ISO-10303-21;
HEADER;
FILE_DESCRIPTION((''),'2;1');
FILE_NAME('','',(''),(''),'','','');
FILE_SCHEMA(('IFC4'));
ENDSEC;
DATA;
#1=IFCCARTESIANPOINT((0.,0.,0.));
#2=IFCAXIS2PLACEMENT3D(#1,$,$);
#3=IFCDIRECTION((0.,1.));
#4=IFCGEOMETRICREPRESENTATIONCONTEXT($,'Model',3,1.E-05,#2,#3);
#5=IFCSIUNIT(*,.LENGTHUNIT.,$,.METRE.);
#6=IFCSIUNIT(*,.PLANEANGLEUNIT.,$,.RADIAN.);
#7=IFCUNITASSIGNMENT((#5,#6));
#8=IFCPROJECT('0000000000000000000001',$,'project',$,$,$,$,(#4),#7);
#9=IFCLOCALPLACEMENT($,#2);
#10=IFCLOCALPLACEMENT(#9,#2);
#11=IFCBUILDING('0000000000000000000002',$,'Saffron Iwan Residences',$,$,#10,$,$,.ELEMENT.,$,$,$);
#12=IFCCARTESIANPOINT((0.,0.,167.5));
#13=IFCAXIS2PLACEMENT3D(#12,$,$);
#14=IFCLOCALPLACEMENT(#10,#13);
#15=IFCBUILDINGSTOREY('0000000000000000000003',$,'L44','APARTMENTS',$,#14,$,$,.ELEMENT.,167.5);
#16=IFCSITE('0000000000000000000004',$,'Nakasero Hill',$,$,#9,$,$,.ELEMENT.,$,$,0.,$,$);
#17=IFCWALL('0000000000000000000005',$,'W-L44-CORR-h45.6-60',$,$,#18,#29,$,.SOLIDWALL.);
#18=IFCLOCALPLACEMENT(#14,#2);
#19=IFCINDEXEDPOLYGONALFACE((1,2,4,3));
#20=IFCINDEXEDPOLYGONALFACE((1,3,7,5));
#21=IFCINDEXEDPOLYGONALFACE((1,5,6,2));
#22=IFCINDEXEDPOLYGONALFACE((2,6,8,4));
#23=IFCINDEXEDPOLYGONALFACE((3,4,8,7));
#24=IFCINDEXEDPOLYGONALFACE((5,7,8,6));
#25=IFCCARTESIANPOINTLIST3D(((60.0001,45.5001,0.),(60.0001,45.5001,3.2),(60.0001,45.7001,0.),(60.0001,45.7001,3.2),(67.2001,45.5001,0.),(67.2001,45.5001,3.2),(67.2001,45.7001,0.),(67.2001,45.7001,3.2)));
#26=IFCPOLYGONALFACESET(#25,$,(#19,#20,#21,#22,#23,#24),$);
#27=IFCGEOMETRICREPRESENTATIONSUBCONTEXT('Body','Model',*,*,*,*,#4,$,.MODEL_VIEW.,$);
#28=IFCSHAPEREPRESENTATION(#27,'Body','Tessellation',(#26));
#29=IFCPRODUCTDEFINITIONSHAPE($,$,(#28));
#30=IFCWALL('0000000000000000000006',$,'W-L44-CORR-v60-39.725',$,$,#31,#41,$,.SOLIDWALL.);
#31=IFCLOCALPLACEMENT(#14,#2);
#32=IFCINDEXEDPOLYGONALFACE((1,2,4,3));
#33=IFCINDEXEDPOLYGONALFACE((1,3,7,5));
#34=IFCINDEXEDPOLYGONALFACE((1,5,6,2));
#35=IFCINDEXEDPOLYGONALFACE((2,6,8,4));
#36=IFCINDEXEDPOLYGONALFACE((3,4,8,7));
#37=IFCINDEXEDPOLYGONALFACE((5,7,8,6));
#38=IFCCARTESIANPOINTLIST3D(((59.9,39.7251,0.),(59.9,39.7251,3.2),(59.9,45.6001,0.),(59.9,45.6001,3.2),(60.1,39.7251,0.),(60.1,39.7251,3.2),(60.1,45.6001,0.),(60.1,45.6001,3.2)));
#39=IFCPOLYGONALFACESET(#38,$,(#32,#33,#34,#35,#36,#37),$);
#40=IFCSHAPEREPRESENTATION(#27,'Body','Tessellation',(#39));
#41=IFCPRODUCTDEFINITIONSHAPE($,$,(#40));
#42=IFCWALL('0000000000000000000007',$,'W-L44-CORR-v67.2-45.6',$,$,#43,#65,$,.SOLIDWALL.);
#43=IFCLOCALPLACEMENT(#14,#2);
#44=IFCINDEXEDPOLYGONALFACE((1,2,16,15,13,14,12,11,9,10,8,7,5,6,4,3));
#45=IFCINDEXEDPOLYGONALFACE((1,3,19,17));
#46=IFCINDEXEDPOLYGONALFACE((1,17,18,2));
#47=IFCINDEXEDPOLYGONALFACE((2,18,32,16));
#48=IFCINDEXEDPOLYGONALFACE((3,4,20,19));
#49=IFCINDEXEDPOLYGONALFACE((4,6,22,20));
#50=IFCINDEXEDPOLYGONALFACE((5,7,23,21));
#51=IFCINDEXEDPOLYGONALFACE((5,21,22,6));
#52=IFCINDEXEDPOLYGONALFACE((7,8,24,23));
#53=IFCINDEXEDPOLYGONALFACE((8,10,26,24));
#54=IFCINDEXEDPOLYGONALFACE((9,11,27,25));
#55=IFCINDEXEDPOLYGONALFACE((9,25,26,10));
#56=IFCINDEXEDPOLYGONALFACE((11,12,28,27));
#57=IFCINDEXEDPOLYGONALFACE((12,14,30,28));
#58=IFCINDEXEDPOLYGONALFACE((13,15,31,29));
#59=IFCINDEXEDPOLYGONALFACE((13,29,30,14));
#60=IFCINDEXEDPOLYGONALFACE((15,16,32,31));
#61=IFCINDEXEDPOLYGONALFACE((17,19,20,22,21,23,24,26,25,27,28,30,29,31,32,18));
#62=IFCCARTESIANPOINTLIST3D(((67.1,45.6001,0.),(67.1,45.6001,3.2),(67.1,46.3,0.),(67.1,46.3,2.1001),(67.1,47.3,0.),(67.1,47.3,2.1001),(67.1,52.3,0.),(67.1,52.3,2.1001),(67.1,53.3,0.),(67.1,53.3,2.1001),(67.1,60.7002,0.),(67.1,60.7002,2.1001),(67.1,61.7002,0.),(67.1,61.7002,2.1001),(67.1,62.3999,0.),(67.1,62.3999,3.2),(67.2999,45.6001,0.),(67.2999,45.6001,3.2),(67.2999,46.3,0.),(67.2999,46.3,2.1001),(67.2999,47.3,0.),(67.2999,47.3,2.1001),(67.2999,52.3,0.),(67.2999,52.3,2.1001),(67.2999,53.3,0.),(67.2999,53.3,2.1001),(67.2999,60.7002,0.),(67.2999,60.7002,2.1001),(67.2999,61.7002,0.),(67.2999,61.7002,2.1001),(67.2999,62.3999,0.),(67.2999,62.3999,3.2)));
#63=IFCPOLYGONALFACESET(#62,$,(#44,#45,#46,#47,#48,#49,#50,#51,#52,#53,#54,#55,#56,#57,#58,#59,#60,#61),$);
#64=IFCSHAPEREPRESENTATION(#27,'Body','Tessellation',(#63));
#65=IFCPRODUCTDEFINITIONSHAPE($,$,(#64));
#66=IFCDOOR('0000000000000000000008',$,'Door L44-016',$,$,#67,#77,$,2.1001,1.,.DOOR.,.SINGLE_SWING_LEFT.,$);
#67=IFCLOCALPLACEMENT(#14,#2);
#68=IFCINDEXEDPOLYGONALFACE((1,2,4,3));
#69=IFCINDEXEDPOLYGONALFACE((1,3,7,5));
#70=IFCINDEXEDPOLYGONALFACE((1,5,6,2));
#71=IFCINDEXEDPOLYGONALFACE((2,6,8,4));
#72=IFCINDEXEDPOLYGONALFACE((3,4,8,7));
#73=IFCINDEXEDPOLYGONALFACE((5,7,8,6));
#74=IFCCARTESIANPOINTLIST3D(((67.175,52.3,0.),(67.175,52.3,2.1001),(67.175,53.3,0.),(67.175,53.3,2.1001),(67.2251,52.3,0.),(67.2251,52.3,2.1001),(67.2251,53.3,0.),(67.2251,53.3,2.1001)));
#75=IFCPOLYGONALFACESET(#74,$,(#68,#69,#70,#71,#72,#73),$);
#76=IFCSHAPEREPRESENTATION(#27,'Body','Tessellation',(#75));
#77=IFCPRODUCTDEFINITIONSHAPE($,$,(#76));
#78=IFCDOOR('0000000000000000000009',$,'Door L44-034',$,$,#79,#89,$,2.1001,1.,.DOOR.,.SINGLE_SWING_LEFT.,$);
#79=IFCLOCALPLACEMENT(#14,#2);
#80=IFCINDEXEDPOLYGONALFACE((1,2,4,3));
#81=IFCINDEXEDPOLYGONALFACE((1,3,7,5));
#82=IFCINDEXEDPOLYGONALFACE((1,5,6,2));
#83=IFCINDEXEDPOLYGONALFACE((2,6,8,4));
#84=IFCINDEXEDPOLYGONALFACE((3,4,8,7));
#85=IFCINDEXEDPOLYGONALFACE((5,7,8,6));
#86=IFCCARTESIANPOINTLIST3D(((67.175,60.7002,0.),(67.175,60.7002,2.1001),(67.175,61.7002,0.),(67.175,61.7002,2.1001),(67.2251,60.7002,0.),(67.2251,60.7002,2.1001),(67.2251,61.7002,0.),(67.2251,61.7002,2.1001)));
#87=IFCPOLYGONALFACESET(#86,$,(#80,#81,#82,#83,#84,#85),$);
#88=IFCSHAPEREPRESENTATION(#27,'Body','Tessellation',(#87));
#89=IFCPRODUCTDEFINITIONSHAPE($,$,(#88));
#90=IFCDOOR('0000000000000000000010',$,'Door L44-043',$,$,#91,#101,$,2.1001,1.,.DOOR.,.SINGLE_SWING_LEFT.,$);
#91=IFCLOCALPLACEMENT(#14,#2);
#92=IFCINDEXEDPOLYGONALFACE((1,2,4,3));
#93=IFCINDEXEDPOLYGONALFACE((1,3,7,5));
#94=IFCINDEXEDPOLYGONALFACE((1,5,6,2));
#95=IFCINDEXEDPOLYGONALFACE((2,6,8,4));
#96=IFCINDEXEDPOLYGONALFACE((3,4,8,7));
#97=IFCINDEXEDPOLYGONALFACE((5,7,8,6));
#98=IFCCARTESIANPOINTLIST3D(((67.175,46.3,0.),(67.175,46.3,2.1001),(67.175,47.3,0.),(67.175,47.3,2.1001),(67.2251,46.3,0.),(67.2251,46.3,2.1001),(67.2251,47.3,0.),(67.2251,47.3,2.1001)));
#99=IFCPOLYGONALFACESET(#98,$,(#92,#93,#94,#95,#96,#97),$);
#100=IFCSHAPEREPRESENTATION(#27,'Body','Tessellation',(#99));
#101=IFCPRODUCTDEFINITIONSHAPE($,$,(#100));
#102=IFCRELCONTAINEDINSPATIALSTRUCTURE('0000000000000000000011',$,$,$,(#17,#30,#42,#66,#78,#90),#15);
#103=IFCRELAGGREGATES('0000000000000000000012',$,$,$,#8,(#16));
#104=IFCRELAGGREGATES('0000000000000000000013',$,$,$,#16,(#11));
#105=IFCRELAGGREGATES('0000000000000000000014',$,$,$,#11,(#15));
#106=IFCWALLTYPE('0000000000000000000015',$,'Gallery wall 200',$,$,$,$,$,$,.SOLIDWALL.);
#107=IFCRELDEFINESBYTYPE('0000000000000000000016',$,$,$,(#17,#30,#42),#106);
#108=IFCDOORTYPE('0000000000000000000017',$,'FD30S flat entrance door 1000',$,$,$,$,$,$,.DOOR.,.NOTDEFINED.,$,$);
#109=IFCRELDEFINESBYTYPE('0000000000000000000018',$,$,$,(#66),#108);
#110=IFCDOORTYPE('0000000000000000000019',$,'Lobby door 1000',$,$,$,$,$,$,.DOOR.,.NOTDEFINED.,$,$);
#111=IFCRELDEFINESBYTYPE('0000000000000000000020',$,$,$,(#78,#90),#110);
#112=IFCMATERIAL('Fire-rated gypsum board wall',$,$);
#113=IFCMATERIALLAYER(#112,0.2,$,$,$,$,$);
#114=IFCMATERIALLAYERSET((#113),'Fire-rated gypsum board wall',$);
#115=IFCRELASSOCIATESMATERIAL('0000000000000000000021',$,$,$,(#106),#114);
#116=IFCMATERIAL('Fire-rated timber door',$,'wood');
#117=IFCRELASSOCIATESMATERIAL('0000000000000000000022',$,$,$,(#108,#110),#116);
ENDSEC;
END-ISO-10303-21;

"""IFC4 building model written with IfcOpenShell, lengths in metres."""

from ifc_helpers import new_model, si_unit, direction, frame, frame_2d, origin, place, context, subcontext, project, spatial, rectangle, extrude, material, layer, layer_set, type_object, element, fill, save


model = new_model("IFC4")

# Units and contexts
model_context = context("Model", 3, precision=1e-05, world=origin(), true_north=direction((0.0, 1.0)))
body_context = subcontext(model_context, "Body", "Model", "MODEL_VIEW")
ifc_project = project(units=[si_unit("LENGTHUNIT", "METRE"), si_unit("PLANEANGLEUNIT", "RADIAN")], contexts=[model_context])

# Site, building, storey
site_placement = place(None, origin())
site = spatial("IfcSite", under=ifc_project, at=site_placement, Name="Nakasero Hill", CompositionType="ELEMENT", RefElevation=0.0)
building_placement = place(site_placement, origin())
building = spatial("IfcBuilding", under=site, at=building_placement, Name="Saffron Iwan Residences", CompositionType="ELEMENT")
storey_placement = place(building_placement, frame((0.0, 0.0, 167.5)))
storey = spatial("IfcBuildingStorey", under=building, at=storey_placement, Name="L44", Description="APARTMENTS", CompositionType="ELEMENT", Elevation=167.5)

# Walls
ifc_material_1 = material(Name="Fire-rated gypsum board wall")
ifc_layer_1 = layer(ifc_material_1, 0.2)
ifc_layer_set_1 = layer_set([ifc_layer_1], Name="Fire-rated gypsum board wall")
wall_type_1 = type_object("IfcWallType", Name="Gallery wall 200", PredefinedType="SOLIDWALL", material=ifc_layer_set_1)
wall_1_placement = place(storey_placement, frame((60.0, 45.6001, 0.0), z_axis=(0.0, 0.0, 1.0), x_axis=(1.0, 0.0, 0.0)))
element("IfcWall", 1, at=wall_1_placement, inside=storey, type_object=wall_type_1, Name="W-L44-CORR-h45.6-60", PredefinedType="SOLIDWALL", context=body_context, shape_type="SweptSolid", body=[
    extrude(rectangle(XDim=7.2, YDim=0.2, at=frame_2d((3.6001, 0.0))), origin(), (0.0, 0.0, 1.0), 3.2),
])
wall_2_placement = place(storey_placement, frame((60.0, 39.7251, 0.0), z_axis=(0.0, 0.0, 1.0), x_axis=(0.0, 1.0, 0.0)))
element("IfcWall", 2, at=wall_2_placement, inside=storey, type_object=wall_type_1, Name="W-L44-CORR-v60-39.725", PredefinedType="SOLIDWALL", context=body_context, shape_type="SweptSolid", body=[
    extrude(rectangle(XDim=5.875, YDim=0.2, at=frame_2d((2.9375, 0.0))), origin(), (0.0, 0.0, 1.0), 3.2),
])

# Wall, openings, doors
wall_3_placement = place(storey_placement, frame((67.2, 45.6001, 0.0), z_axis=(0.0, 0.0, 1.0), x_axis=(0.0, 1.0, 0.0)))
wall_3 = element("IfcWall", 3, at=wall_3_placement, inside=storey, type_object=wall_type_1, Name="W-L44-CORR-v67.2-45.6", PredefinedType="SOLIDWALL", context=body_context, shape_type="SweptSolid", body=[
    extrude(rectangle(XDim=16.7998, YDim=0.2, at=frame_2d((8.3999, 0.0))), origin(), (0.0, 0.0, 1.0), 3.2),
])
opening_1_placement = place(wall_3_placement, frame((6.7, 0.0, 0.0)))
opening_1 = element("IfcOpeningElement", 4, at=opening_1_placement, cuts=wall_3, PredefinedType="OPENING", context=body_context, shape_type="SweptSolid", body=[
    extrude(rectangle(XDim=1.0, YDim=2.1001, at=frame_2d((0.5, 1.05))), frame((0.0, 0.1099, 0.0), z_axis=(0.0, -1.0, 0.0), x_axis=(1.0, 0.0, 0.0)), (0.0, 0.0, 1.0), 0.22),
])
opening_2_placement = place(wall_3_placement, frame((15.1001, 0.0, 0.0)))
opening_2 = element("IfcOpeningElement", 5, at=opening_2_placement, cuts=wall_3, PredefinedType="OPENING", context=body_context, shape_type="SweptSolid", body=[
    extrude(rectangle(XDim=1.0, YDim=2.1001, at=frame_2d((0.5, 1.05))), frame((0.0, 0.1099, 0.0), z_axis=(0.0, -1.0, 0.0), x_axis=(1.0, 0.0, 0.0)), (0.0, 0.0, 1.0), 0.22),
])
opening_3_placement = place(wall_3_placement, frame((0.7, 0.0, 0.0)))
opening_3 = element("IfcOpeningElement", 6, at=opening_3_placement, cuts=wall_3, PredefinedType="OPENING", context=body_context, shape_type="SweptSolid", body=[
    extrude(rectangle(XDim=1.0, YDim=2.1001, at=frame_2d((0.5, 1.05))), frame((0.0, 0.1099, 0.0), z_axis=(0.0, -1.0, 0.0), x_axis=(1.0, 0.0, 0.0)), (0.0, 0.0, 1.0), 0.22),
])
ifc_material_2 = material(Name="Fire-rated timber door", Category="wood")
door_type_1 = type_object("IfcDoorType", Name="FD30S flat entrance door 1000", OperationType="NOTDEFINED", PredefinedType="DOOR", material=ifc_material_2)
door_1_placement = place(opening_1_placement, origin())
door_1 = element("IfcDoor", 7, at=door_1_placement, inside=storey, type_object=door_type_1, Name="Door L44-016", OperationType="SINGLE_SWING_LEFT", OverallHeight=2.1001, OverallWidth=1.0, PredefinedType="DOOR", context=body_context, shape_type="SweptSolid", body=[
    extrude(rectangle(XDim=1.0, YDim=2.1001, at=frame_2d((0.5, 1.05))), frame((0.0, 0.0249, 0.0), z_axis=(0.0, -1.0, 0.0), x_axis=(1.0, 0.0, 0.0)), (0.0, 0.0, 1.0), 0.05),
])
fill(opening_1, door_1)
door_type_2 = type_object("IfcDoorType", Name="Lobby door 1000", OperationType="NOTDEFINED", PredefinedType="DOOR", material=ifc_material_2)
door_2_placement = place(opening_2_placement, origin())
door_2 = element("IfcDoor", 8, at=door_2_placement, inside=storey, type_object=door_type_2, Name="Door L44-034", OperationType="SINGLE_SWING_LEFT", OverallHeight=2.1001, OverallWidth=1.0, PredefinedType="DOOR", context=body_context, shape_type="SweptSolid", body=[
    extrude(rectangle(XDim=1.0, YDim=2.1001, at=frame_2d((0.5, 1.05))), frame((0.0, 0.0249, 0.0), z_axis=(0.0, -1.0, 0.0), x_axis=(1.0, 0.0, 0.0)), (0.0, 0.0, 1.0), 0.05),
])
fill(opening_2, door_2)
door_3_placement = place(opening_3_placement, origin())
door_3 = element("IfcDoor", 9, at=door_3_placement, inside=storey, type_object=door_type_2, Name="Door L44-043", OperationType="SINGLE_SWING_LEFT", OverallHeight=2.1001, OverallWidth=1.0, PredefinedType="DOOR", context=body_context, shape_type="SweptSolid", body=[
    extrude(rectangle(XDim=1.0, YDim=2.1001, at=frame_2d((0.5, 1.05))), frame((0.0, 0.0249, 0.0), z_axis=(0.0, -1.0, 0.0), x_axis=(1.0, 0.0, 0.0)), (0.0, 0.0, 1.0), 0.05),
])
fill(opening_3, door_3)

save(model, "model.ifc")
